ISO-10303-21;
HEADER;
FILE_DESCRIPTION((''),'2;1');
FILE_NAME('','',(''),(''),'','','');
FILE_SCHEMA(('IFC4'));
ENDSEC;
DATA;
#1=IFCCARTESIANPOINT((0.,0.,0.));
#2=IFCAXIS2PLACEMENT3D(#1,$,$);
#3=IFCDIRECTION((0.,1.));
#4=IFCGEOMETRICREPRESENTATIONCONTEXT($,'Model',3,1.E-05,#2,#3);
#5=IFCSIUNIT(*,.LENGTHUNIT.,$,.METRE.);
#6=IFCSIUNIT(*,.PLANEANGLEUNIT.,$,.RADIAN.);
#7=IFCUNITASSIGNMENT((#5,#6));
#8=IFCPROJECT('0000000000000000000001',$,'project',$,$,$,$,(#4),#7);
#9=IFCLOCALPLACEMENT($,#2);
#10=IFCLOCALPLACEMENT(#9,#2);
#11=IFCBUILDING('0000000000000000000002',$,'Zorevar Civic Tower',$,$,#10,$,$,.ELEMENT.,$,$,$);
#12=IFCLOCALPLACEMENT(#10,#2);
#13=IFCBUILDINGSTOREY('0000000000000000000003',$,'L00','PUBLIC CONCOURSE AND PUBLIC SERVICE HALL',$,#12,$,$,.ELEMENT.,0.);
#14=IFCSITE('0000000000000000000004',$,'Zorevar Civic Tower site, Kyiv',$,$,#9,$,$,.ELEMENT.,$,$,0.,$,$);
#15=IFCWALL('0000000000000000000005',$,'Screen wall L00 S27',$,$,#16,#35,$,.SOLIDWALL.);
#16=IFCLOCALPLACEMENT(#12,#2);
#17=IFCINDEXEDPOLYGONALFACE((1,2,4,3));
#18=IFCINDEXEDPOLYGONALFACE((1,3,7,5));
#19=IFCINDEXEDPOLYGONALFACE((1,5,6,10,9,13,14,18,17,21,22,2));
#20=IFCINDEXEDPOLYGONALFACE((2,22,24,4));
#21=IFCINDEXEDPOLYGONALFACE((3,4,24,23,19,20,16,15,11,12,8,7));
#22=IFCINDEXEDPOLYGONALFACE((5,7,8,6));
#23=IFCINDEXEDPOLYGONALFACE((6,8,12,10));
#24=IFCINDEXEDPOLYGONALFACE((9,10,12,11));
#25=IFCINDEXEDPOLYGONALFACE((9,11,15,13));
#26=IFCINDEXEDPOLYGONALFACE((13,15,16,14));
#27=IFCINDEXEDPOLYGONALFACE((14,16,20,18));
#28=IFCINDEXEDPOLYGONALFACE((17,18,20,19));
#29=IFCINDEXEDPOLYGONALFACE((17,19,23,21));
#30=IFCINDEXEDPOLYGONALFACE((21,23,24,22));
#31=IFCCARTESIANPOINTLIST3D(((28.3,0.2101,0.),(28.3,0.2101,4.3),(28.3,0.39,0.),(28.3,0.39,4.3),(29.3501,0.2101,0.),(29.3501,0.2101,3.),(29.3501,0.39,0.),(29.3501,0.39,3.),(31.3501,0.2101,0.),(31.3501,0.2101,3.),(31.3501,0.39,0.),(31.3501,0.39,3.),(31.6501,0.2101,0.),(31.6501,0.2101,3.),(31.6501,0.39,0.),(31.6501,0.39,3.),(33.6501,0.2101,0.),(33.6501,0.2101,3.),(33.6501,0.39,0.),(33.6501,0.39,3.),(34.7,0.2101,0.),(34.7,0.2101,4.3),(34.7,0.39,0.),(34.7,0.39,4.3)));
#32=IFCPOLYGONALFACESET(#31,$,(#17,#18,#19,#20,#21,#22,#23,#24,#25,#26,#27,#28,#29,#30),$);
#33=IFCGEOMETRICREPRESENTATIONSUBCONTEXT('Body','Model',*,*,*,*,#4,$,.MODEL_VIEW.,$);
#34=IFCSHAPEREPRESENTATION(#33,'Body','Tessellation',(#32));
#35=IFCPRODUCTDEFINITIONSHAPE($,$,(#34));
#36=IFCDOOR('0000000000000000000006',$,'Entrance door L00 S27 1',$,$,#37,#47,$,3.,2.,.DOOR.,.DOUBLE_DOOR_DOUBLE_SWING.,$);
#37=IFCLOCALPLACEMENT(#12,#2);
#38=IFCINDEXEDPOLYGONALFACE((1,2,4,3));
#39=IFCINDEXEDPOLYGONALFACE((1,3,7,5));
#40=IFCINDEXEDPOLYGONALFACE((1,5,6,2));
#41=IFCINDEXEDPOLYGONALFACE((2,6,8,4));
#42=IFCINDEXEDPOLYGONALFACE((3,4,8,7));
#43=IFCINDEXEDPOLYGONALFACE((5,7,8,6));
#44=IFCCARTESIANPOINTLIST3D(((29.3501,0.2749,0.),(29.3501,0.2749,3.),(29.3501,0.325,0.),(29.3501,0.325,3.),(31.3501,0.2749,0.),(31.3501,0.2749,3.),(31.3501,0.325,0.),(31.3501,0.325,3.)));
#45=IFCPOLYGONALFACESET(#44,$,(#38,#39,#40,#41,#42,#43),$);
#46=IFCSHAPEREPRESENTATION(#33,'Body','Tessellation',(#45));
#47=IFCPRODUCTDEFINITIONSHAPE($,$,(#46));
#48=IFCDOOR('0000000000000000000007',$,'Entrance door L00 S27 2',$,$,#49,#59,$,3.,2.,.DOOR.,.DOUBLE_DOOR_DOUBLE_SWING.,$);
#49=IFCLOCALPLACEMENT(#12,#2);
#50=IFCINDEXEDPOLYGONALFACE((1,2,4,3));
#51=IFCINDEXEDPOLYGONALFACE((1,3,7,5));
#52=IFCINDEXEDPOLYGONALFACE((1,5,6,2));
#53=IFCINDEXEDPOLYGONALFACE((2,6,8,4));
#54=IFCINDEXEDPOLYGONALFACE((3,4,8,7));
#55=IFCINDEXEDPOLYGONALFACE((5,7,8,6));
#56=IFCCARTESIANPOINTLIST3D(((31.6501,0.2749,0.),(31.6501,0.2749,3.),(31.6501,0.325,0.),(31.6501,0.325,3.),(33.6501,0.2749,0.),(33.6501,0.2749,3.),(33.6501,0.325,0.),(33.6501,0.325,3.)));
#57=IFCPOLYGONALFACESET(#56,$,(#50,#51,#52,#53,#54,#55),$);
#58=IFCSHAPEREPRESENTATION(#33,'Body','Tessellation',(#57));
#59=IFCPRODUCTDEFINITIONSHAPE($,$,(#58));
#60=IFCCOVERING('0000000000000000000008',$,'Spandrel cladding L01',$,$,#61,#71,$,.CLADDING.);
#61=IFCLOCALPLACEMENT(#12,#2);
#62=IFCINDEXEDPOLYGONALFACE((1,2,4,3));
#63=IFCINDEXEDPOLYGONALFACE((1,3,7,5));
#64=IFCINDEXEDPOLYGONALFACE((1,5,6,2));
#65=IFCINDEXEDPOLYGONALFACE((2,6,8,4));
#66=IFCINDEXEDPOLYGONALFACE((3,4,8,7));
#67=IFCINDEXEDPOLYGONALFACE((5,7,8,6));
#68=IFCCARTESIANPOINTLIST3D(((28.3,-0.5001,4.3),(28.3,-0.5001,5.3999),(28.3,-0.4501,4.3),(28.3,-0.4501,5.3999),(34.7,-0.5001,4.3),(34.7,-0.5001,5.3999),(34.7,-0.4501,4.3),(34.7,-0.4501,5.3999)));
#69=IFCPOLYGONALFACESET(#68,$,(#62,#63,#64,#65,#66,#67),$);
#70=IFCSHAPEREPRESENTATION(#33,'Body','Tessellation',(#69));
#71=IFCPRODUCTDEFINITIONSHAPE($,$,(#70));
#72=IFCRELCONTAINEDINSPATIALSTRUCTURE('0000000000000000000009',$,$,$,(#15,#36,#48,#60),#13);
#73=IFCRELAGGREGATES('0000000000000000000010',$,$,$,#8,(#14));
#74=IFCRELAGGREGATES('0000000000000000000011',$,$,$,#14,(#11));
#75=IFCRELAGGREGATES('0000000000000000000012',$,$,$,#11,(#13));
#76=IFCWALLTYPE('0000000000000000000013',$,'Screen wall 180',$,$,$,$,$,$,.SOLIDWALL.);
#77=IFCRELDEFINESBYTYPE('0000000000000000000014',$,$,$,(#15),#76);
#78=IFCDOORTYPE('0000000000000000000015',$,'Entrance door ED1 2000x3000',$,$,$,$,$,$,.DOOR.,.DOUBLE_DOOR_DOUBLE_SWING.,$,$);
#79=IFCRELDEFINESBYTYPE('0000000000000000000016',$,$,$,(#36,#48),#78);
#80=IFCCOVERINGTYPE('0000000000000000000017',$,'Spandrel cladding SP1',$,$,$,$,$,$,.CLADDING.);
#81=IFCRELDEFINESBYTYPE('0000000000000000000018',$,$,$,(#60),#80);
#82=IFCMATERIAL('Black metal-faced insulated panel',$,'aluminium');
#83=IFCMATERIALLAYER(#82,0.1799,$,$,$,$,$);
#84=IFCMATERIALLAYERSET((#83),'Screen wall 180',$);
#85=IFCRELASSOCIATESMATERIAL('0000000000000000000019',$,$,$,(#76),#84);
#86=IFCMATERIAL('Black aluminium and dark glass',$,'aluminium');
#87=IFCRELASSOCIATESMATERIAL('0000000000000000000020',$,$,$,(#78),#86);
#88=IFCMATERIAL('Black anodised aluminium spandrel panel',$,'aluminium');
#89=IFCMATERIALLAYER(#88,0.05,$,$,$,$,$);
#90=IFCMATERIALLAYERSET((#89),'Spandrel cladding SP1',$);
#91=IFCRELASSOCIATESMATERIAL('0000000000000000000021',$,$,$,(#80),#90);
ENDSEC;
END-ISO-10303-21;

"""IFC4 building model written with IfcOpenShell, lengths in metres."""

from ifc_helpers import new_model, si_unit, direction, frame, frame_2d, origin, place, context, subcontext, project, spatial, rectangle, extrude, material, layer, layer_set, type_object, element, fill, save


model = new_model("IFC4")

# Units and contexts
model_context = context("Model", 3, precision=1e-05, world=origin(), true_north=direction((0.0, 1.0)))
body_context = subcontext(model_context, "Body", "Model", "MODEL_VIEW")
ifc_project = project(units=[si_unit("LENGTHUNIT", "METRE"), si_unit("PLANEANGLEUNIT", "RADIAN")], contexts=[model_context])

# Site, building, storey
site_placement = place(None, origin())
site = spatial("IfcSite", under=ifc_project, at=site_placement, Name="Zorevar Civic Tower site, Kyiv", CompositionType="ELEMENT", RefElevation=0.0)
building_placement = place(site_placement, origin())
building = spatial("IfcBuilding", under=site, at=building_placement, Name="Zorevar Civic Tower", CompositionType="ELEMENT")
storey_placement = place(building_placement, origin())
storey = spatial("IfcBuildingStorey", under=building, at=storey_placement, Name="L00", Description="PUBLIC CONCOURSE AND PUBLIC SERVICE HALL", CompositionType="ELEMENT", Elevation=0.0)

# Wall, openings, doors
ifc_material_1 = material(Name="Black metal-faced insulated panel", Category="aluminium")
ifc_layer_1 = layer(ifc_material_1, 0.1799)
ifc_layer_set_1 = layer_set([ifc_layer_1], Name="Screen wall 180")
wall_type_1 = type_object("IfcWallType", Name="Screen wall 180", PredefinedType="SOLIDWALL", material=ifc_layer_set_1)
wall_placement = place(storey_placement, frame((28.3, 0.3, 0.0), z_axis=(0.0, 0.0, 1.0), x_axis=(1.0, 0.0, 0.0)))
wall = element("IfcWall", 1, at=wall_placement, inside=storey, type_object=wall_type_1, Name="Screen wall L00 S27", PredefinedType="SOLIDWALL", context=body_context, shape_type="SweptSolid", body=[
    extrude(rectangle(XDim=6.3999, YDim=0.1799, at=frame_2d((3.2, 0.0))), origin(), (0.0, 0.0, 1.0), 4.3),
])
opening_1_placement = place(wall_placement, frame((1.05, 0.0, 0.0)))
opening_1 = element("IfcOpeningElement", 2, at=opening_1_placement, cuts=wall, PredefinedType="OPENING", context=body_context, shape_type="SweptSolid", body=[
    extrude(rectangle(XDim=2.0, YDim=3.0, at=frame_2d((1.0, 1.5))), frame((0.0, 0.0999, 0.0), z_axis=(0.0, -1.0, 0.0), x_axis=(1.0, 0.0, 0.0)), (0.0, 0.0, 1.0), 0.2),
])
opening_2_placement = place(wall_placement, frame((3.3501, 0.0, 0.0)))
opening_2 = element("IfcOpeningElement", 3, at=opening_2_placement, cuts=wall, PredefinedType="OPENING", context=body_context, shape_type="SweptSolid", body=[
    extrude(rectangle(XDim=2.0, YDim=3.0, at=frame_2d((1.0, 1.5))), frame((0.0, 0.0999, 0.0), z_axis=(0.0, -1.0, 0.0), x_axis=(1.0, 0.0, 0.0)), (0.0, 0.0, 1.0), 0.2),
])
ifc_material_2 = material(Name="Black aluminium and dark glass", Category="aluminium")
door_type = type_object("IfcDoorType", Name="Entrance door ED1 2000x3000", OperationType="DOUBLE_DOOR_DOUBLE_SWING", PredefinedType="DOOR", material=ifc_material_2)
door_1_placement = place(opening_1_placement, origin())
door_1 = element("IfcDoor", 4, at=door_1_placement, inside=storey, type_object=door_type, Name="Entrance door L00 S27 1", OperationType="DOUBLE_DOOR_DOUBLE_SWING", OverallHeight=3.0, OverallWidth=2.0, PredefinedType="DOOR", context=body_context, shape_type="SweptSolid", body=[
    extrude(rectangle(XDim=2.0, YDim=3.0, at=frame_2d((1.0, 1.5))), frame((0.0, 0.0249, 0.0), z_axis=(0.0, -1.0, 0.0), x_axis=(1.0, 0.0, 0.0)), (0.0, 0.0, 1.0), 0.05),
])
fill(opening_1, door_1)
door_2_placement = place(opening_2_placement, origin())
door_2 = element("IfcDoor", 5, at=door_2_placement, inside=storey, type_object=door_type, Name="Entrance door L00 S27 2", OperationType="DOUBLE_DOOR_DOUBLE_SWING", OverallHeight=3.0, OverallWidth=2.0, PredefinedType="DOOR", context=body_context, shape_type="SweptSolid", body=[
    extrude(rectangle(XDim=2.0, YDim=3.0, at=frame_2d((1.0, 1.5))), frame((0.0, 0.0249, 0.0), z_axis=(0.0, -1.0, 0.0), x_axis=(1.0, 0.0, 0.0)), (0.0, 0.0, 1.0), 0.05),
])
fill(opening_2, door_2)

# Covering
ifc_material_3 = material(Name="Black anodised aluminium spandrel panel", Category="aluminium")
ifc_layer_2 = layer(ifc_material_3, 0.05)
ifc_layer_set_2 = layer_set([ifc_layer_2], Name="Spandrel cladding SP1")
covering_type = type_object("IfcCoveringType", Name="Spandrel cladding SP1", PredefinedType="CLADDING", material=ifc_layer_set_2)
covering_placement = place(storey_placement, frame((28.3, -0.4751, 4.3), z_axis=(0.0, 0.0, 1.0), x_axis=(1.0, 0.0, 0.0)))
element("IfcCovering", 6, at=covering_placement, inside=storey, type_object=covering_type, Name="Spandrel cladding L01", PredefinedType="CLADDING", context=body_context, shape_type="SweptSolid", body=[
    extrude(rectangle(XDim=6.3999, YDim=0.05, at=frame_2d((3.2, 0.0))), origin(), (0.0, 0.0, 1.0), 1.0999),
])

save(model, "model.ifc")
